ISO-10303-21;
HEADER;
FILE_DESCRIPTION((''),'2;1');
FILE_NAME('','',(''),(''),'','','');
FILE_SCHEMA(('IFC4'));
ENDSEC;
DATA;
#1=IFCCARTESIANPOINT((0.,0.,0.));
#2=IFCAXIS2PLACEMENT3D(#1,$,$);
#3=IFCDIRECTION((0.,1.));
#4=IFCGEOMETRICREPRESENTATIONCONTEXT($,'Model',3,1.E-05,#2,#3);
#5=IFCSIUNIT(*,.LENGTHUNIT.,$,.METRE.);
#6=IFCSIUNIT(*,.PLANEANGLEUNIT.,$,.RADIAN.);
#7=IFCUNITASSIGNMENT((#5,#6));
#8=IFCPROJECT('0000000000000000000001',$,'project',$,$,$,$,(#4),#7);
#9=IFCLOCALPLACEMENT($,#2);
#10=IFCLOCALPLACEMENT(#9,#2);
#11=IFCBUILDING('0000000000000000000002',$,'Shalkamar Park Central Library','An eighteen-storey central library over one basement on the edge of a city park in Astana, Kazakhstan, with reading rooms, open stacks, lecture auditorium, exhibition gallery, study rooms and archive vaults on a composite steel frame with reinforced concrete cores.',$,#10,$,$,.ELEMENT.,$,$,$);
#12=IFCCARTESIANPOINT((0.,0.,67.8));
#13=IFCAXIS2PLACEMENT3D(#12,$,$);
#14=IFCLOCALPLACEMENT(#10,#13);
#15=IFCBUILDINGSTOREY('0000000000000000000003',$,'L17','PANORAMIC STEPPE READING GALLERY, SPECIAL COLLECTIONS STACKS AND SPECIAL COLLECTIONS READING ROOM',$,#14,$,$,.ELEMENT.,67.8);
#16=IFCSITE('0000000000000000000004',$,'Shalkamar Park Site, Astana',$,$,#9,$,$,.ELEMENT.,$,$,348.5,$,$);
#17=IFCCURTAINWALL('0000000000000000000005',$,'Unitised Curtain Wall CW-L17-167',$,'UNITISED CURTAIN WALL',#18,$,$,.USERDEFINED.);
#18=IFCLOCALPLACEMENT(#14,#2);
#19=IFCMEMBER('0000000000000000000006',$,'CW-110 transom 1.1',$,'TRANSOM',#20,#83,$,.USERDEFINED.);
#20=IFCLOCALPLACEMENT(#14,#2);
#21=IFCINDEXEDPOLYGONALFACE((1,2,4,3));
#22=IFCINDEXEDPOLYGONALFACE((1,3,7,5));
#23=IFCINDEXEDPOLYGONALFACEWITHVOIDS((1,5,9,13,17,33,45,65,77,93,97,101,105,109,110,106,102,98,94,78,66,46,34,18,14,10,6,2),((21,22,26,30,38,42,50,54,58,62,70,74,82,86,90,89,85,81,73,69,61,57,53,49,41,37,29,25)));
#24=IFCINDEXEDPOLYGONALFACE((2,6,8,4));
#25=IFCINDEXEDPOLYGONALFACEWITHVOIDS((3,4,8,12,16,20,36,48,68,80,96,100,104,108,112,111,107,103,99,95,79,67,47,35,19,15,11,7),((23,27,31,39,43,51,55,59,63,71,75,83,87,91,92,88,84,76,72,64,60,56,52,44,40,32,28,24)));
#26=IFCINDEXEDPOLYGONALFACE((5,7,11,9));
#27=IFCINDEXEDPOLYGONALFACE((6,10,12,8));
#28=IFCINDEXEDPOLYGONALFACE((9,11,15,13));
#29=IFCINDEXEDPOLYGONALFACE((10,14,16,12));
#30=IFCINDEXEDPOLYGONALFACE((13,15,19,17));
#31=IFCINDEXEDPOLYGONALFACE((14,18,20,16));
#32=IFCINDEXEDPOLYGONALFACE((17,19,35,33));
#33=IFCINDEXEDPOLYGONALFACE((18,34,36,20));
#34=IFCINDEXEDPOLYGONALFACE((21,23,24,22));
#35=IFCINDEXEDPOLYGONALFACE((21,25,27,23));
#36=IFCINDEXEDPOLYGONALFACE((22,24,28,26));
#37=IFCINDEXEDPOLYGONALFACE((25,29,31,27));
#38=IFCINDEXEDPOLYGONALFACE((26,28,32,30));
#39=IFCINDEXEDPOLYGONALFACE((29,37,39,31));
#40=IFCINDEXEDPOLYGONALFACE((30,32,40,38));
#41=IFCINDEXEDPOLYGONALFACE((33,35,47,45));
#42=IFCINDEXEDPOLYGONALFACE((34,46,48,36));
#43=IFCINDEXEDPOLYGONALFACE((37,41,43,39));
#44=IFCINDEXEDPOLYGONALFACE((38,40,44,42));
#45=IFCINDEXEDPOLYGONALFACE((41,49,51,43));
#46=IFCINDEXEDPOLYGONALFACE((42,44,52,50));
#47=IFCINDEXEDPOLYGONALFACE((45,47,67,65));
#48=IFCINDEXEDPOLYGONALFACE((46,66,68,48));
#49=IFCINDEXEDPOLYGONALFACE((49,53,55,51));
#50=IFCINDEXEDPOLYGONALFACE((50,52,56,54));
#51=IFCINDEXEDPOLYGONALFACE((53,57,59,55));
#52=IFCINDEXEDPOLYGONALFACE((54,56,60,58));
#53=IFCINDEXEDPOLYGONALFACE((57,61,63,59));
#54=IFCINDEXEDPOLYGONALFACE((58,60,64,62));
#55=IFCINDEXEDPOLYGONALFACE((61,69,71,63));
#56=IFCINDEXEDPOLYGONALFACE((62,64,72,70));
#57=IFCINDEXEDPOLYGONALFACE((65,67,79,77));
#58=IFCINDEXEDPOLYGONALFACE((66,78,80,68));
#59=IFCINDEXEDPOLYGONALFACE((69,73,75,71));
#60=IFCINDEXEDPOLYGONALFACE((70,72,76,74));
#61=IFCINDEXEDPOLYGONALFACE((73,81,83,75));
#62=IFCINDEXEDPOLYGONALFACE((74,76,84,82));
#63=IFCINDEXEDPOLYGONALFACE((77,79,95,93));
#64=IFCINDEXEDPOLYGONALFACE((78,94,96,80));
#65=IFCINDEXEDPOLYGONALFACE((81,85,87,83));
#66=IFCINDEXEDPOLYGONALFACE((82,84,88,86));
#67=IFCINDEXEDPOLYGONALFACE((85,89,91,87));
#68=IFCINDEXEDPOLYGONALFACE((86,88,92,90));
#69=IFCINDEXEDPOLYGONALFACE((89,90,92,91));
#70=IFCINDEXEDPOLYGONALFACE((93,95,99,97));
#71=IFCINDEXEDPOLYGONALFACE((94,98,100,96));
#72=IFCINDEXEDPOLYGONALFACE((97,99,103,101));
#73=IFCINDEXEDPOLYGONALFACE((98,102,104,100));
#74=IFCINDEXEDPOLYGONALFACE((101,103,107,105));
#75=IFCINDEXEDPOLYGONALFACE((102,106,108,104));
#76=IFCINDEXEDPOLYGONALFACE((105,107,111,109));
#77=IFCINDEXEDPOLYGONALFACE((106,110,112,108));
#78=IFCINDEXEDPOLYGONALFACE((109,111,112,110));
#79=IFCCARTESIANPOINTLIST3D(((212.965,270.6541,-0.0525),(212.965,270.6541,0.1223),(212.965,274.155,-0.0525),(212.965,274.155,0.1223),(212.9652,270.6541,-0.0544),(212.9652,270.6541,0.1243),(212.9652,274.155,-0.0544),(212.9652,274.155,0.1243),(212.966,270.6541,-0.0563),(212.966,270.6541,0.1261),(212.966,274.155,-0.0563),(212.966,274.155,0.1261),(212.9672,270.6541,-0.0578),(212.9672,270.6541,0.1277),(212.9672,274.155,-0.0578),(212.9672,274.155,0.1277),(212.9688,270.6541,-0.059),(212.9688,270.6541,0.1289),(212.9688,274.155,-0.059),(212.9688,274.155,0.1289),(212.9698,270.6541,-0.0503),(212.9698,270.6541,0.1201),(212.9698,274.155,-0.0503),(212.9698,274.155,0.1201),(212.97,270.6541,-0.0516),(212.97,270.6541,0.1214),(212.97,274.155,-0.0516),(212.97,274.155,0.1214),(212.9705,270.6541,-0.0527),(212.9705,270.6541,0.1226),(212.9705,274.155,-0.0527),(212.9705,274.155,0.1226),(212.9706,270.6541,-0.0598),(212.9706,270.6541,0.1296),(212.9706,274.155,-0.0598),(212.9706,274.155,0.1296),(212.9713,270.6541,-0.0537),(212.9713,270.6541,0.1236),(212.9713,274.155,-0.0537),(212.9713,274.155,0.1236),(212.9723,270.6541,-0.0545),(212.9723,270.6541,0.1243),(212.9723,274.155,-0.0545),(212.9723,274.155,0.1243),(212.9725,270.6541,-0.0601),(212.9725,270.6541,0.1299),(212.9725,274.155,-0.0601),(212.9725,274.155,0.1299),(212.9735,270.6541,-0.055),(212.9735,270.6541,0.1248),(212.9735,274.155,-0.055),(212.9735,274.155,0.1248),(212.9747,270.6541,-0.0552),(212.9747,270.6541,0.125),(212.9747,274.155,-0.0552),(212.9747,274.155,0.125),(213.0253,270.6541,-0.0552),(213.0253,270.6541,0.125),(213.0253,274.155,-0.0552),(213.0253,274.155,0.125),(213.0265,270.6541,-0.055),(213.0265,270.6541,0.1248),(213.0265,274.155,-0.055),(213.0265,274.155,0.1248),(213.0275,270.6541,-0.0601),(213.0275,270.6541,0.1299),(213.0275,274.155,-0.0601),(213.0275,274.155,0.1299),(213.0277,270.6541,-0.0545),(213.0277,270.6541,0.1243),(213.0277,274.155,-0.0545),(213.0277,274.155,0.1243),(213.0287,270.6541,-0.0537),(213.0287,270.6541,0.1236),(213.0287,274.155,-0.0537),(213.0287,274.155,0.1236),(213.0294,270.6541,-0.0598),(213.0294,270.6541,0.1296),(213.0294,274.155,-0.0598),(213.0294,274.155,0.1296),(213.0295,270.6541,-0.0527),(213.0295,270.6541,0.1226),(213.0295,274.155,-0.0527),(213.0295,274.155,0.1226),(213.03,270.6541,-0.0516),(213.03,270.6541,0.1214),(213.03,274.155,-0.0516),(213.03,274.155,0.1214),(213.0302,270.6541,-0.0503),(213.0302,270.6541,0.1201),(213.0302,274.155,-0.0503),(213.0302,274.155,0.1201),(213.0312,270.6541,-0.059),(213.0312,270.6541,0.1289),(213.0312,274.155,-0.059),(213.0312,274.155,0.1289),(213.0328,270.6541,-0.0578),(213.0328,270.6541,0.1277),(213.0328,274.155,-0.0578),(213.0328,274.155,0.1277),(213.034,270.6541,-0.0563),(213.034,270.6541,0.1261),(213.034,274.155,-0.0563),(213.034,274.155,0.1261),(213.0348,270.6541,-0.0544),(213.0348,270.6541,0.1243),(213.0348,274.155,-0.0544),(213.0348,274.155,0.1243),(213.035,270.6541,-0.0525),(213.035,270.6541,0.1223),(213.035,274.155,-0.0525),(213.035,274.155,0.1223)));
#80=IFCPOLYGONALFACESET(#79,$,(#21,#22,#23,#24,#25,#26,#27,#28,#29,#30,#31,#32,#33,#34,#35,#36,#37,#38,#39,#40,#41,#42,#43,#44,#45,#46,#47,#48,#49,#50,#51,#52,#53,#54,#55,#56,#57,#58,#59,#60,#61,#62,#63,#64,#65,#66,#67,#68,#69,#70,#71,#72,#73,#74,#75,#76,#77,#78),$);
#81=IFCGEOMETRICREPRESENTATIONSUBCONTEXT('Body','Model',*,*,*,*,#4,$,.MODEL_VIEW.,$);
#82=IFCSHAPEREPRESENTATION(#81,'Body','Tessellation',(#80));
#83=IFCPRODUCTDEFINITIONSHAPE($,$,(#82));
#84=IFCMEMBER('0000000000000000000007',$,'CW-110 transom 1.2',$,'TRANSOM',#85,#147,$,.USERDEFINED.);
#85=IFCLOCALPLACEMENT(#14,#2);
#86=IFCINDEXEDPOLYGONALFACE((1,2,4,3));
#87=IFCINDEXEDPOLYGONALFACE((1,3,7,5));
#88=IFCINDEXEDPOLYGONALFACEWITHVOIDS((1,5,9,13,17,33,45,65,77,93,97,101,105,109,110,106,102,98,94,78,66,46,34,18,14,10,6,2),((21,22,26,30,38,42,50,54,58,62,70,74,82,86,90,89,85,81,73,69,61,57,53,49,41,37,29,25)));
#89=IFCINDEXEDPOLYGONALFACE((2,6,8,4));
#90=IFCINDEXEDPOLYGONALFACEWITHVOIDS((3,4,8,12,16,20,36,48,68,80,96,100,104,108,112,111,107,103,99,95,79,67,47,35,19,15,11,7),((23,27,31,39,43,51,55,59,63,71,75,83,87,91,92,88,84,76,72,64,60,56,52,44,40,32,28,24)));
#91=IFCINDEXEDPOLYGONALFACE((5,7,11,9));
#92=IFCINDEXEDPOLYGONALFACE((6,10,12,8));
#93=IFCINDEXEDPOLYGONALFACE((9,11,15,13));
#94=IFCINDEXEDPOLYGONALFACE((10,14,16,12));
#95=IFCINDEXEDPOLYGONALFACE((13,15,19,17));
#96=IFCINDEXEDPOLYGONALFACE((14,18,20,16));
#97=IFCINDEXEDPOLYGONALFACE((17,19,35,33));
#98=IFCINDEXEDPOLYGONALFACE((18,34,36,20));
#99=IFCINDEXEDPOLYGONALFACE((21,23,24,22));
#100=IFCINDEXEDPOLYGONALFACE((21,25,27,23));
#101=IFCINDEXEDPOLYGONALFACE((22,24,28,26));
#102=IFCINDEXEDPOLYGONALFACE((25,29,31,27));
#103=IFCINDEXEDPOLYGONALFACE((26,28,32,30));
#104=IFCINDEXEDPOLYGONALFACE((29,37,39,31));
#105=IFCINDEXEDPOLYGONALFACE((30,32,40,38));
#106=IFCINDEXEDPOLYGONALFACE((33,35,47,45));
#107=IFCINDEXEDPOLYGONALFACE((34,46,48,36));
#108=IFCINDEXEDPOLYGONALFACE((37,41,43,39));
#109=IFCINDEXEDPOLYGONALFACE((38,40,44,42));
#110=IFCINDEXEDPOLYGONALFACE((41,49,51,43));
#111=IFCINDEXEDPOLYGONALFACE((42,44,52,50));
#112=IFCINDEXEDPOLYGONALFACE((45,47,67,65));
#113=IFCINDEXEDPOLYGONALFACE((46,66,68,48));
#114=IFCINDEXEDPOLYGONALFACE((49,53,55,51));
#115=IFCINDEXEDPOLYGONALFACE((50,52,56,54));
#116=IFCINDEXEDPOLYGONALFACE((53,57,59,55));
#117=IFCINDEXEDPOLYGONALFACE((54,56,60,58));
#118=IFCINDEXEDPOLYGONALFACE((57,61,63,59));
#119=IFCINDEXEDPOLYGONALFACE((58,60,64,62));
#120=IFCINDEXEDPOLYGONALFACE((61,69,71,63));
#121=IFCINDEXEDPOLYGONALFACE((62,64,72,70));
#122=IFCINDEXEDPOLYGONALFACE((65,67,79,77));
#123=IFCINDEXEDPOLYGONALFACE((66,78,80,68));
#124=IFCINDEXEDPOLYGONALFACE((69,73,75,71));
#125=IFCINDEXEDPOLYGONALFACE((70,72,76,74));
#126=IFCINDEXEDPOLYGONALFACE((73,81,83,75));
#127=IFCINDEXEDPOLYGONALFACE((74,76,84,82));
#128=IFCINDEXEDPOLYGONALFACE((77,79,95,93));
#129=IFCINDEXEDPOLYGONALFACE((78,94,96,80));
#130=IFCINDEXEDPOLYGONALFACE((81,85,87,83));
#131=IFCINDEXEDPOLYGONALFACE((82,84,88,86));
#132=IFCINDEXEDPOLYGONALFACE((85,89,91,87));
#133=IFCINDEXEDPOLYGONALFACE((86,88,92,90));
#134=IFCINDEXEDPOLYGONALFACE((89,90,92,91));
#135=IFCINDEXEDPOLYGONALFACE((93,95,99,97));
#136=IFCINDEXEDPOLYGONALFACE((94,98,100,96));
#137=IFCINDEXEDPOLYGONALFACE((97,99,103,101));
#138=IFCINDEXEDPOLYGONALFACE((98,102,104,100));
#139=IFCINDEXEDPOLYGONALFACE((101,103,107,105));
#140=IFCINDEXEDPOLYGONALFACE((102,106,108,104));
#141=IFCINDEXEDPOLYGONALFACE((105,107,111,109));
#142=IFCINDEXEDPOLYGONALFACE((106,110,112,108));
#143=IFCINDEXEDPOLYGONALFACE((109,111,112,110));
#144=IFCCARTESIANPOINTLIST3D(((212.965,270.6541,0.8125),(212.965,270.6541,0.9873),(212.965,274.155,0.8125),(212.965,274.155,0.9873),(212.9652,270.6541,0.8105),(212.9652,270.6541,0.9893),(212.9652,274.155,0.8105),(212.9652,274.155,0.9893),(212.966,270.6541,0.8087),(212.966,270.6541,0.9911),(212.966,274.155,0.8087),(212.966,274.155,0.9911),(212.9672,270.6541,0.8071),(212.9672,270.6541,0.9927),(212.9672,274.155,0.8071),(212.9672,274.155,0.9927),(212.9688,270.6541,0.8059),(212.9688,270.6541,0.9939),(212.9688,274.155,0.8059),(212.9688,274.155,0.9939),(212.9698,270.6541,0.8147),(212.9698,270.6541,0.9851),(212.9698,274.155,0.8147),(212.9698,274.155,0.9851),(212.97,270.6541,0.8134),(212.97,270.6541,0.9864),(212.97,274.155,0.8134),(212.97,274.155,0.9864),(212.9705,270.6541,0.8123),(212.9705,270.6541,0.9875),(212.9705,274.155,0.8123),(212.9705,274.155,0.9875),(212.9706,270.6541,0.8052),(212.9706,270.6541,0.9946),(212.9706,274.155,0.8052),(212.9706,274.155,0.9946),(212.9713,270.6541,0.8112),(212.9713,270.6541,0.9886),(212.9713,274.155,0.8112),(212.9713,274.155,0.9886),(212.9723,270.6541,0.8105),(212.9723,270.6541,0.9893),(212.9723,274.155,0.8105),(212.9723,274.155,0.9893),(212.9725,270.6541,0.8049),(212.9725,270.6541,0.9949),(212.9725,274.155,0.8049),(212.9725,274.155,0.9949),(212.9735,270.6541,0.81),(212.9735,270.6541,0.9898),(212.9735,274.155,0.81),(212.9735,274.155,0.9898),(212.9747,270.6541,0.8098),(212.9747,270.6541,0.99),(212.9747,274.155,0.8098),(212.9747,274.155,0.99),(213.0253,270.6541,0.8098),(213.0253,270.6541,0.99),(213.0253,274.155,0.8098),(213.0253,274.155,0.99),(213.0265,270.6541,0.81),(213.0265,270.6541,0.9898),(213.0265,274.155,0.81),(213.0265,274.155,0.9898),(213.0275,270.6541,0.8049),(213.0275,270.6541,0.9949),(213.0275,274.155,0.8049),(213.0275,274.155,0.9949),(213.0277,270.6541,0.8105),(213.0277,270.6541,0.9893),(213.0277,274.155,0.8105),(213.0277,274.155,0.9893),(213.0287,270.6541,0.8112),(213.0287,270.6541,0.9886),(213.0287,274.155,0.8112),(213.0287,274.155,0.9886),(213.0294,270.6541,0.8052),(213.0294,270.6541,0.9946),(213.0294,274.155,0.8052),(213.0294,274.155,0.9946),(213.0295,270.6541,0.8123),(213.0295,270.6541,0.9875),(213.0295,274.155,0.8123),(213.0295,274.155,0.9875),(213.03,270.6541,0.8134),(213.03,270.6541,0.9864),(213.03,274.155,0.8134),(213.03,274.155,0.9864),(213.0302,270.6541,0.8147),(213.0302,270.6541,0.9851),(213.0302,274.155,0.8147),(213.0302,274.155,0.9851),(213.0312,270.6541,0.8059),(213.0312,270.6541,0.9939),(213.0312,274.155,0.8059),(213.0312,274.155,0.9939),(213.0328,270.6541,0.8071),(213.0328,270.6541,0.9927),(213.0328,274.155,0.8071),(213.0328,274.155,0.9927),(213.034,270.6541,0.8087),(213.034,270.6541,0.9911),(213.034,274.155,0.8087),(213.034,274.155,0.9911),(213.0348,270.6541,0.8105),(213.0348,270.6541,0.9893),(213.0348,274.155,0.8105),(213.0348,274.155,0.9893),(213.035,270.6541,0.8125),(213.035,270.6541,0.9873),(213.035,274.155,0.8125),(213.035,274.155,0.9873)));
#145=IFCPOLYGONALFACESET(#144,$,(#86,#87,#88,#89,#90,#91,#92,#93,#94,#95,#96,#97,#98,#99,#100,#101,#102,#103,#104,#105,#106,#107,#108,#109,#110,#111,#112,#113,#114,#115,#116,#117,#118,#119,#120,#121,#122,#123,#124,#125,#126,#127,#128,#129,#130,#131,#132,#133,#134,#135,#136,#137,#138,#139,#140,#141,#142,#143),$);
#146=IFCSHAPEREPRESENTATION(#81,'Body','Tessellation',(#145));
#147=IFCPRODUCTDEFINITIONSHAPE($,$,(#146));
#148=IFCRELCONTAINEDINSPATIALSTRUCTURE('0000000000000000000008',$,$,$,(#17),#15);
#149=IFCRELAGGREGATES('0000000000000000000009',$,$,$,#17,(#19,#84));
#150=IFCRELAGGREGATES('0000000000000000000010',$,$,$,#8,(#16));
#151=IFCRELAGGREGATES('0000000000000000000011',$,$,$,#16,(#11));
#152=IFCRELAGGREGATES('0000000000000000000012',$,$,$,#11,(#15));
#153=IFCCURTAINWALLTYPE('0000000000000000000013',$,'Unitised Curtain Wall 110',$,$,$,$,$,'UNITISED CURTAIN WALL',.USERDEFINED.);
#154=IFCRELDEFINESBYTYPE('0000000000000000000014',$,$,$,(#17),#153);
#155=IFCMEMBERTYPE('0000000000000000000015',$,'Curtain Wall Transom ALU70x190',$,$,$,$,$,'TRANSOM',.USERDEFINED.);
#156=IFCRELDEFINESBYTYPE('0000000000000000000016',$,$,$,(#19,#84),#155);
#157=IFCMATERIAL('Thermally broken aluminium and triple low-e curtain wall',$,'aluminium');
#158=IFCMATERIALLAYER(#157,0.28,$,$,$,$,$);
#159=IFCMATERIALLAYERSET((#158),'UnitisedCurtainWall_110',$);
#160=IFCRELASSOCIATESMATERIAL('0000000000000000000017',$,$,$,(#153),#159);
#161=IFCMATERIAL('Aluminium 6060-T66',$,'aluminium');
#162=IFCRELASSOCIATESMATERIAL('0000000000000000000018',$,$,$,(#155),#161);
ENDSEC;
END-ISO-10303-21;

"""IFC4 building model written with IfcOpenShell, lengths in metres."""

from ifc_helpers import new_model, si_unit, direction, frame, origin, origin_2d, place, context, subcontext, project, spatial, hollow_rectangle, extrude, material, layer, layer_set, material_profile, profile_set, type_object, element, aggregate, save


model = new_model("IFC4")

# Units and contexts
model_context = context("Model", 3, precision=1e-05, world=origin(), true_north=direction((0.0, 1.0)))
body_context = subcontext(model_context, "Body", "Model", "MODEL_VIEW")
ifc_project = project(units=[si_unit("LENGTHUNIT", "METRE"), si_unit("PLANEANGLEUNIT", "RADIAN")], contexts=[model_context])

# Site, building, storey
site_placement = place(None, origin())
site = spatial("IfcSite", under=ifc_project, at=site_placement, Name="Shalkamar Park Site, Astana", CompositionType="ELEMENT", RefElevation=348.5)
building_placement = place(site_placement, origin())
building = spatial("IfcBuilding", under=site, at=building_placement, Name="Shalkamar Park Central Library", Description="An eighteen-storey central library over one basement on the edge of a city park in Astana, Kazakhstan, with reading rooms, open stacks, lecture auditorium, exhibition gallery, study rooms and archive vaults on a composite steel frame with reinforced concrete cores.", CompositionType="ELEMENT")
storey_placement = place(building_placement, frame((0.0, 0.0, 67.8)))
storey = spatial("IfcBuildingStorey", under=building, at=storey_placement, Name="L17", Description="PANORAMIC STEPPE READING GALLERY, SPECIAL COLLECTIONS STACKS AND SPECIAL COLLECTIONS READING ROOM", CompositionType="ELEMENT", Elevation=67.8)

# Shared definitions
ifc_material_1 = material(Name="Thermally broken aluminium and triple low-e curtain wall", Category="aluminium")
ifc_material_2 = material(Name="Aluminium 6060-T66", Category="aluminium")

# Curtain wall, members
ifc_layer_1 = layer(ifc_material_1, 0.28)
ifc_layer_set_1 = layer_set([ifc_layer_1], Name="UnitisedCurtainWall_110")
curtain_wall_type_1 = type_object("IfcCurtainWallType", Name="Unitised Curtain Wall 110", ElementType="UNITISED CURTAIN WALL", PredefinedType="USERDEFINED", material=ifc_layer_set_1)
curtain_wall_1_placement = place(storey_placement, origin())
curtain_wall_1 = element("IfcCurtainWall", 1, at=curtain_wall_1_placement, inside=storey, type_object=curtain_wall_type_1, Name="Unitised Curtain Wall CW-L17-167", ObjectType="UNITISED CURTAIN WALL", PredefinedType="USERDEFINED")
ifc_material_profile_1 = material_profile(ifc_material_2, hollow_rectangle(XDim=0.0701, YDim=0.1899, WallThickness=0.0049, InnerFilletRadius=0.0049, OuterFilletRadius=0.0076, at=origin_2d()), Name="ALU 70x190x5")
ifc_profile_set_1 = profile_set([ifc_material_profile_1], Name="Aluminium 6060-T66")
member_type_1 = type_object("IfcMemberType", Name="Curtain Wall Transom ALU70x190", ElementType="TRANSOM", PredefinedType="USERDEFINED", material=ifc_profile_set_1)
member_1_placement = place(storey_placement, frame((213.0, 270.6541, 0.0349), z_axis=(0.0, 1.0, 0.0), x_axis=(-1.0, 0.0, 0.0)))
member_1 = element("IfcMember", 2, at=member_1_placement, type_object=member_type_1, Name="CW-110 transom 1.1", ObjectType="TRANSOM", PredefinedType="USERDEFINED", context=body_context, shape_type="SweptSolid", body=[
    extrude(hollow_rectangle(XDim=0.0701, YDim=0.1899, WallThickness=0.0049, InnerFilletRadius=0.0049, OuterFilletRadius=0.0076, at=origin_2d()), origin(), (0.0, 0.0, 1.0), 3.501),
])
member_2_placement = place(storey_placement, frame((213.0, 270.6541, 0.8999), z_axis=(0.0, 1.0, 0.0), x_axis=(-1.0, 0.0, 0.0)))
member_2 = element("IfcMember", 3, at=member_2_placement, type_object=member_type_1, Name="CW-110 transom 1.2", ObjectType="TRANSOM", PredefinedType="USERDEFINED", context=body_context, shape_type="SweptSolid", body=[
    extrude(hollow_rectangle(XDim=0.0701, YDim=0.1899, WallThickness=0.0049, InnerFilletRadius=0.0049, OuterFilletRadius=0.0076, at=origin_2d()), origin(), (0.0, 0.0, 1.0), 3.501),
])

aggregate(curtain_wall_1, [member_1, member_2])

save(model, "model.ifc")
